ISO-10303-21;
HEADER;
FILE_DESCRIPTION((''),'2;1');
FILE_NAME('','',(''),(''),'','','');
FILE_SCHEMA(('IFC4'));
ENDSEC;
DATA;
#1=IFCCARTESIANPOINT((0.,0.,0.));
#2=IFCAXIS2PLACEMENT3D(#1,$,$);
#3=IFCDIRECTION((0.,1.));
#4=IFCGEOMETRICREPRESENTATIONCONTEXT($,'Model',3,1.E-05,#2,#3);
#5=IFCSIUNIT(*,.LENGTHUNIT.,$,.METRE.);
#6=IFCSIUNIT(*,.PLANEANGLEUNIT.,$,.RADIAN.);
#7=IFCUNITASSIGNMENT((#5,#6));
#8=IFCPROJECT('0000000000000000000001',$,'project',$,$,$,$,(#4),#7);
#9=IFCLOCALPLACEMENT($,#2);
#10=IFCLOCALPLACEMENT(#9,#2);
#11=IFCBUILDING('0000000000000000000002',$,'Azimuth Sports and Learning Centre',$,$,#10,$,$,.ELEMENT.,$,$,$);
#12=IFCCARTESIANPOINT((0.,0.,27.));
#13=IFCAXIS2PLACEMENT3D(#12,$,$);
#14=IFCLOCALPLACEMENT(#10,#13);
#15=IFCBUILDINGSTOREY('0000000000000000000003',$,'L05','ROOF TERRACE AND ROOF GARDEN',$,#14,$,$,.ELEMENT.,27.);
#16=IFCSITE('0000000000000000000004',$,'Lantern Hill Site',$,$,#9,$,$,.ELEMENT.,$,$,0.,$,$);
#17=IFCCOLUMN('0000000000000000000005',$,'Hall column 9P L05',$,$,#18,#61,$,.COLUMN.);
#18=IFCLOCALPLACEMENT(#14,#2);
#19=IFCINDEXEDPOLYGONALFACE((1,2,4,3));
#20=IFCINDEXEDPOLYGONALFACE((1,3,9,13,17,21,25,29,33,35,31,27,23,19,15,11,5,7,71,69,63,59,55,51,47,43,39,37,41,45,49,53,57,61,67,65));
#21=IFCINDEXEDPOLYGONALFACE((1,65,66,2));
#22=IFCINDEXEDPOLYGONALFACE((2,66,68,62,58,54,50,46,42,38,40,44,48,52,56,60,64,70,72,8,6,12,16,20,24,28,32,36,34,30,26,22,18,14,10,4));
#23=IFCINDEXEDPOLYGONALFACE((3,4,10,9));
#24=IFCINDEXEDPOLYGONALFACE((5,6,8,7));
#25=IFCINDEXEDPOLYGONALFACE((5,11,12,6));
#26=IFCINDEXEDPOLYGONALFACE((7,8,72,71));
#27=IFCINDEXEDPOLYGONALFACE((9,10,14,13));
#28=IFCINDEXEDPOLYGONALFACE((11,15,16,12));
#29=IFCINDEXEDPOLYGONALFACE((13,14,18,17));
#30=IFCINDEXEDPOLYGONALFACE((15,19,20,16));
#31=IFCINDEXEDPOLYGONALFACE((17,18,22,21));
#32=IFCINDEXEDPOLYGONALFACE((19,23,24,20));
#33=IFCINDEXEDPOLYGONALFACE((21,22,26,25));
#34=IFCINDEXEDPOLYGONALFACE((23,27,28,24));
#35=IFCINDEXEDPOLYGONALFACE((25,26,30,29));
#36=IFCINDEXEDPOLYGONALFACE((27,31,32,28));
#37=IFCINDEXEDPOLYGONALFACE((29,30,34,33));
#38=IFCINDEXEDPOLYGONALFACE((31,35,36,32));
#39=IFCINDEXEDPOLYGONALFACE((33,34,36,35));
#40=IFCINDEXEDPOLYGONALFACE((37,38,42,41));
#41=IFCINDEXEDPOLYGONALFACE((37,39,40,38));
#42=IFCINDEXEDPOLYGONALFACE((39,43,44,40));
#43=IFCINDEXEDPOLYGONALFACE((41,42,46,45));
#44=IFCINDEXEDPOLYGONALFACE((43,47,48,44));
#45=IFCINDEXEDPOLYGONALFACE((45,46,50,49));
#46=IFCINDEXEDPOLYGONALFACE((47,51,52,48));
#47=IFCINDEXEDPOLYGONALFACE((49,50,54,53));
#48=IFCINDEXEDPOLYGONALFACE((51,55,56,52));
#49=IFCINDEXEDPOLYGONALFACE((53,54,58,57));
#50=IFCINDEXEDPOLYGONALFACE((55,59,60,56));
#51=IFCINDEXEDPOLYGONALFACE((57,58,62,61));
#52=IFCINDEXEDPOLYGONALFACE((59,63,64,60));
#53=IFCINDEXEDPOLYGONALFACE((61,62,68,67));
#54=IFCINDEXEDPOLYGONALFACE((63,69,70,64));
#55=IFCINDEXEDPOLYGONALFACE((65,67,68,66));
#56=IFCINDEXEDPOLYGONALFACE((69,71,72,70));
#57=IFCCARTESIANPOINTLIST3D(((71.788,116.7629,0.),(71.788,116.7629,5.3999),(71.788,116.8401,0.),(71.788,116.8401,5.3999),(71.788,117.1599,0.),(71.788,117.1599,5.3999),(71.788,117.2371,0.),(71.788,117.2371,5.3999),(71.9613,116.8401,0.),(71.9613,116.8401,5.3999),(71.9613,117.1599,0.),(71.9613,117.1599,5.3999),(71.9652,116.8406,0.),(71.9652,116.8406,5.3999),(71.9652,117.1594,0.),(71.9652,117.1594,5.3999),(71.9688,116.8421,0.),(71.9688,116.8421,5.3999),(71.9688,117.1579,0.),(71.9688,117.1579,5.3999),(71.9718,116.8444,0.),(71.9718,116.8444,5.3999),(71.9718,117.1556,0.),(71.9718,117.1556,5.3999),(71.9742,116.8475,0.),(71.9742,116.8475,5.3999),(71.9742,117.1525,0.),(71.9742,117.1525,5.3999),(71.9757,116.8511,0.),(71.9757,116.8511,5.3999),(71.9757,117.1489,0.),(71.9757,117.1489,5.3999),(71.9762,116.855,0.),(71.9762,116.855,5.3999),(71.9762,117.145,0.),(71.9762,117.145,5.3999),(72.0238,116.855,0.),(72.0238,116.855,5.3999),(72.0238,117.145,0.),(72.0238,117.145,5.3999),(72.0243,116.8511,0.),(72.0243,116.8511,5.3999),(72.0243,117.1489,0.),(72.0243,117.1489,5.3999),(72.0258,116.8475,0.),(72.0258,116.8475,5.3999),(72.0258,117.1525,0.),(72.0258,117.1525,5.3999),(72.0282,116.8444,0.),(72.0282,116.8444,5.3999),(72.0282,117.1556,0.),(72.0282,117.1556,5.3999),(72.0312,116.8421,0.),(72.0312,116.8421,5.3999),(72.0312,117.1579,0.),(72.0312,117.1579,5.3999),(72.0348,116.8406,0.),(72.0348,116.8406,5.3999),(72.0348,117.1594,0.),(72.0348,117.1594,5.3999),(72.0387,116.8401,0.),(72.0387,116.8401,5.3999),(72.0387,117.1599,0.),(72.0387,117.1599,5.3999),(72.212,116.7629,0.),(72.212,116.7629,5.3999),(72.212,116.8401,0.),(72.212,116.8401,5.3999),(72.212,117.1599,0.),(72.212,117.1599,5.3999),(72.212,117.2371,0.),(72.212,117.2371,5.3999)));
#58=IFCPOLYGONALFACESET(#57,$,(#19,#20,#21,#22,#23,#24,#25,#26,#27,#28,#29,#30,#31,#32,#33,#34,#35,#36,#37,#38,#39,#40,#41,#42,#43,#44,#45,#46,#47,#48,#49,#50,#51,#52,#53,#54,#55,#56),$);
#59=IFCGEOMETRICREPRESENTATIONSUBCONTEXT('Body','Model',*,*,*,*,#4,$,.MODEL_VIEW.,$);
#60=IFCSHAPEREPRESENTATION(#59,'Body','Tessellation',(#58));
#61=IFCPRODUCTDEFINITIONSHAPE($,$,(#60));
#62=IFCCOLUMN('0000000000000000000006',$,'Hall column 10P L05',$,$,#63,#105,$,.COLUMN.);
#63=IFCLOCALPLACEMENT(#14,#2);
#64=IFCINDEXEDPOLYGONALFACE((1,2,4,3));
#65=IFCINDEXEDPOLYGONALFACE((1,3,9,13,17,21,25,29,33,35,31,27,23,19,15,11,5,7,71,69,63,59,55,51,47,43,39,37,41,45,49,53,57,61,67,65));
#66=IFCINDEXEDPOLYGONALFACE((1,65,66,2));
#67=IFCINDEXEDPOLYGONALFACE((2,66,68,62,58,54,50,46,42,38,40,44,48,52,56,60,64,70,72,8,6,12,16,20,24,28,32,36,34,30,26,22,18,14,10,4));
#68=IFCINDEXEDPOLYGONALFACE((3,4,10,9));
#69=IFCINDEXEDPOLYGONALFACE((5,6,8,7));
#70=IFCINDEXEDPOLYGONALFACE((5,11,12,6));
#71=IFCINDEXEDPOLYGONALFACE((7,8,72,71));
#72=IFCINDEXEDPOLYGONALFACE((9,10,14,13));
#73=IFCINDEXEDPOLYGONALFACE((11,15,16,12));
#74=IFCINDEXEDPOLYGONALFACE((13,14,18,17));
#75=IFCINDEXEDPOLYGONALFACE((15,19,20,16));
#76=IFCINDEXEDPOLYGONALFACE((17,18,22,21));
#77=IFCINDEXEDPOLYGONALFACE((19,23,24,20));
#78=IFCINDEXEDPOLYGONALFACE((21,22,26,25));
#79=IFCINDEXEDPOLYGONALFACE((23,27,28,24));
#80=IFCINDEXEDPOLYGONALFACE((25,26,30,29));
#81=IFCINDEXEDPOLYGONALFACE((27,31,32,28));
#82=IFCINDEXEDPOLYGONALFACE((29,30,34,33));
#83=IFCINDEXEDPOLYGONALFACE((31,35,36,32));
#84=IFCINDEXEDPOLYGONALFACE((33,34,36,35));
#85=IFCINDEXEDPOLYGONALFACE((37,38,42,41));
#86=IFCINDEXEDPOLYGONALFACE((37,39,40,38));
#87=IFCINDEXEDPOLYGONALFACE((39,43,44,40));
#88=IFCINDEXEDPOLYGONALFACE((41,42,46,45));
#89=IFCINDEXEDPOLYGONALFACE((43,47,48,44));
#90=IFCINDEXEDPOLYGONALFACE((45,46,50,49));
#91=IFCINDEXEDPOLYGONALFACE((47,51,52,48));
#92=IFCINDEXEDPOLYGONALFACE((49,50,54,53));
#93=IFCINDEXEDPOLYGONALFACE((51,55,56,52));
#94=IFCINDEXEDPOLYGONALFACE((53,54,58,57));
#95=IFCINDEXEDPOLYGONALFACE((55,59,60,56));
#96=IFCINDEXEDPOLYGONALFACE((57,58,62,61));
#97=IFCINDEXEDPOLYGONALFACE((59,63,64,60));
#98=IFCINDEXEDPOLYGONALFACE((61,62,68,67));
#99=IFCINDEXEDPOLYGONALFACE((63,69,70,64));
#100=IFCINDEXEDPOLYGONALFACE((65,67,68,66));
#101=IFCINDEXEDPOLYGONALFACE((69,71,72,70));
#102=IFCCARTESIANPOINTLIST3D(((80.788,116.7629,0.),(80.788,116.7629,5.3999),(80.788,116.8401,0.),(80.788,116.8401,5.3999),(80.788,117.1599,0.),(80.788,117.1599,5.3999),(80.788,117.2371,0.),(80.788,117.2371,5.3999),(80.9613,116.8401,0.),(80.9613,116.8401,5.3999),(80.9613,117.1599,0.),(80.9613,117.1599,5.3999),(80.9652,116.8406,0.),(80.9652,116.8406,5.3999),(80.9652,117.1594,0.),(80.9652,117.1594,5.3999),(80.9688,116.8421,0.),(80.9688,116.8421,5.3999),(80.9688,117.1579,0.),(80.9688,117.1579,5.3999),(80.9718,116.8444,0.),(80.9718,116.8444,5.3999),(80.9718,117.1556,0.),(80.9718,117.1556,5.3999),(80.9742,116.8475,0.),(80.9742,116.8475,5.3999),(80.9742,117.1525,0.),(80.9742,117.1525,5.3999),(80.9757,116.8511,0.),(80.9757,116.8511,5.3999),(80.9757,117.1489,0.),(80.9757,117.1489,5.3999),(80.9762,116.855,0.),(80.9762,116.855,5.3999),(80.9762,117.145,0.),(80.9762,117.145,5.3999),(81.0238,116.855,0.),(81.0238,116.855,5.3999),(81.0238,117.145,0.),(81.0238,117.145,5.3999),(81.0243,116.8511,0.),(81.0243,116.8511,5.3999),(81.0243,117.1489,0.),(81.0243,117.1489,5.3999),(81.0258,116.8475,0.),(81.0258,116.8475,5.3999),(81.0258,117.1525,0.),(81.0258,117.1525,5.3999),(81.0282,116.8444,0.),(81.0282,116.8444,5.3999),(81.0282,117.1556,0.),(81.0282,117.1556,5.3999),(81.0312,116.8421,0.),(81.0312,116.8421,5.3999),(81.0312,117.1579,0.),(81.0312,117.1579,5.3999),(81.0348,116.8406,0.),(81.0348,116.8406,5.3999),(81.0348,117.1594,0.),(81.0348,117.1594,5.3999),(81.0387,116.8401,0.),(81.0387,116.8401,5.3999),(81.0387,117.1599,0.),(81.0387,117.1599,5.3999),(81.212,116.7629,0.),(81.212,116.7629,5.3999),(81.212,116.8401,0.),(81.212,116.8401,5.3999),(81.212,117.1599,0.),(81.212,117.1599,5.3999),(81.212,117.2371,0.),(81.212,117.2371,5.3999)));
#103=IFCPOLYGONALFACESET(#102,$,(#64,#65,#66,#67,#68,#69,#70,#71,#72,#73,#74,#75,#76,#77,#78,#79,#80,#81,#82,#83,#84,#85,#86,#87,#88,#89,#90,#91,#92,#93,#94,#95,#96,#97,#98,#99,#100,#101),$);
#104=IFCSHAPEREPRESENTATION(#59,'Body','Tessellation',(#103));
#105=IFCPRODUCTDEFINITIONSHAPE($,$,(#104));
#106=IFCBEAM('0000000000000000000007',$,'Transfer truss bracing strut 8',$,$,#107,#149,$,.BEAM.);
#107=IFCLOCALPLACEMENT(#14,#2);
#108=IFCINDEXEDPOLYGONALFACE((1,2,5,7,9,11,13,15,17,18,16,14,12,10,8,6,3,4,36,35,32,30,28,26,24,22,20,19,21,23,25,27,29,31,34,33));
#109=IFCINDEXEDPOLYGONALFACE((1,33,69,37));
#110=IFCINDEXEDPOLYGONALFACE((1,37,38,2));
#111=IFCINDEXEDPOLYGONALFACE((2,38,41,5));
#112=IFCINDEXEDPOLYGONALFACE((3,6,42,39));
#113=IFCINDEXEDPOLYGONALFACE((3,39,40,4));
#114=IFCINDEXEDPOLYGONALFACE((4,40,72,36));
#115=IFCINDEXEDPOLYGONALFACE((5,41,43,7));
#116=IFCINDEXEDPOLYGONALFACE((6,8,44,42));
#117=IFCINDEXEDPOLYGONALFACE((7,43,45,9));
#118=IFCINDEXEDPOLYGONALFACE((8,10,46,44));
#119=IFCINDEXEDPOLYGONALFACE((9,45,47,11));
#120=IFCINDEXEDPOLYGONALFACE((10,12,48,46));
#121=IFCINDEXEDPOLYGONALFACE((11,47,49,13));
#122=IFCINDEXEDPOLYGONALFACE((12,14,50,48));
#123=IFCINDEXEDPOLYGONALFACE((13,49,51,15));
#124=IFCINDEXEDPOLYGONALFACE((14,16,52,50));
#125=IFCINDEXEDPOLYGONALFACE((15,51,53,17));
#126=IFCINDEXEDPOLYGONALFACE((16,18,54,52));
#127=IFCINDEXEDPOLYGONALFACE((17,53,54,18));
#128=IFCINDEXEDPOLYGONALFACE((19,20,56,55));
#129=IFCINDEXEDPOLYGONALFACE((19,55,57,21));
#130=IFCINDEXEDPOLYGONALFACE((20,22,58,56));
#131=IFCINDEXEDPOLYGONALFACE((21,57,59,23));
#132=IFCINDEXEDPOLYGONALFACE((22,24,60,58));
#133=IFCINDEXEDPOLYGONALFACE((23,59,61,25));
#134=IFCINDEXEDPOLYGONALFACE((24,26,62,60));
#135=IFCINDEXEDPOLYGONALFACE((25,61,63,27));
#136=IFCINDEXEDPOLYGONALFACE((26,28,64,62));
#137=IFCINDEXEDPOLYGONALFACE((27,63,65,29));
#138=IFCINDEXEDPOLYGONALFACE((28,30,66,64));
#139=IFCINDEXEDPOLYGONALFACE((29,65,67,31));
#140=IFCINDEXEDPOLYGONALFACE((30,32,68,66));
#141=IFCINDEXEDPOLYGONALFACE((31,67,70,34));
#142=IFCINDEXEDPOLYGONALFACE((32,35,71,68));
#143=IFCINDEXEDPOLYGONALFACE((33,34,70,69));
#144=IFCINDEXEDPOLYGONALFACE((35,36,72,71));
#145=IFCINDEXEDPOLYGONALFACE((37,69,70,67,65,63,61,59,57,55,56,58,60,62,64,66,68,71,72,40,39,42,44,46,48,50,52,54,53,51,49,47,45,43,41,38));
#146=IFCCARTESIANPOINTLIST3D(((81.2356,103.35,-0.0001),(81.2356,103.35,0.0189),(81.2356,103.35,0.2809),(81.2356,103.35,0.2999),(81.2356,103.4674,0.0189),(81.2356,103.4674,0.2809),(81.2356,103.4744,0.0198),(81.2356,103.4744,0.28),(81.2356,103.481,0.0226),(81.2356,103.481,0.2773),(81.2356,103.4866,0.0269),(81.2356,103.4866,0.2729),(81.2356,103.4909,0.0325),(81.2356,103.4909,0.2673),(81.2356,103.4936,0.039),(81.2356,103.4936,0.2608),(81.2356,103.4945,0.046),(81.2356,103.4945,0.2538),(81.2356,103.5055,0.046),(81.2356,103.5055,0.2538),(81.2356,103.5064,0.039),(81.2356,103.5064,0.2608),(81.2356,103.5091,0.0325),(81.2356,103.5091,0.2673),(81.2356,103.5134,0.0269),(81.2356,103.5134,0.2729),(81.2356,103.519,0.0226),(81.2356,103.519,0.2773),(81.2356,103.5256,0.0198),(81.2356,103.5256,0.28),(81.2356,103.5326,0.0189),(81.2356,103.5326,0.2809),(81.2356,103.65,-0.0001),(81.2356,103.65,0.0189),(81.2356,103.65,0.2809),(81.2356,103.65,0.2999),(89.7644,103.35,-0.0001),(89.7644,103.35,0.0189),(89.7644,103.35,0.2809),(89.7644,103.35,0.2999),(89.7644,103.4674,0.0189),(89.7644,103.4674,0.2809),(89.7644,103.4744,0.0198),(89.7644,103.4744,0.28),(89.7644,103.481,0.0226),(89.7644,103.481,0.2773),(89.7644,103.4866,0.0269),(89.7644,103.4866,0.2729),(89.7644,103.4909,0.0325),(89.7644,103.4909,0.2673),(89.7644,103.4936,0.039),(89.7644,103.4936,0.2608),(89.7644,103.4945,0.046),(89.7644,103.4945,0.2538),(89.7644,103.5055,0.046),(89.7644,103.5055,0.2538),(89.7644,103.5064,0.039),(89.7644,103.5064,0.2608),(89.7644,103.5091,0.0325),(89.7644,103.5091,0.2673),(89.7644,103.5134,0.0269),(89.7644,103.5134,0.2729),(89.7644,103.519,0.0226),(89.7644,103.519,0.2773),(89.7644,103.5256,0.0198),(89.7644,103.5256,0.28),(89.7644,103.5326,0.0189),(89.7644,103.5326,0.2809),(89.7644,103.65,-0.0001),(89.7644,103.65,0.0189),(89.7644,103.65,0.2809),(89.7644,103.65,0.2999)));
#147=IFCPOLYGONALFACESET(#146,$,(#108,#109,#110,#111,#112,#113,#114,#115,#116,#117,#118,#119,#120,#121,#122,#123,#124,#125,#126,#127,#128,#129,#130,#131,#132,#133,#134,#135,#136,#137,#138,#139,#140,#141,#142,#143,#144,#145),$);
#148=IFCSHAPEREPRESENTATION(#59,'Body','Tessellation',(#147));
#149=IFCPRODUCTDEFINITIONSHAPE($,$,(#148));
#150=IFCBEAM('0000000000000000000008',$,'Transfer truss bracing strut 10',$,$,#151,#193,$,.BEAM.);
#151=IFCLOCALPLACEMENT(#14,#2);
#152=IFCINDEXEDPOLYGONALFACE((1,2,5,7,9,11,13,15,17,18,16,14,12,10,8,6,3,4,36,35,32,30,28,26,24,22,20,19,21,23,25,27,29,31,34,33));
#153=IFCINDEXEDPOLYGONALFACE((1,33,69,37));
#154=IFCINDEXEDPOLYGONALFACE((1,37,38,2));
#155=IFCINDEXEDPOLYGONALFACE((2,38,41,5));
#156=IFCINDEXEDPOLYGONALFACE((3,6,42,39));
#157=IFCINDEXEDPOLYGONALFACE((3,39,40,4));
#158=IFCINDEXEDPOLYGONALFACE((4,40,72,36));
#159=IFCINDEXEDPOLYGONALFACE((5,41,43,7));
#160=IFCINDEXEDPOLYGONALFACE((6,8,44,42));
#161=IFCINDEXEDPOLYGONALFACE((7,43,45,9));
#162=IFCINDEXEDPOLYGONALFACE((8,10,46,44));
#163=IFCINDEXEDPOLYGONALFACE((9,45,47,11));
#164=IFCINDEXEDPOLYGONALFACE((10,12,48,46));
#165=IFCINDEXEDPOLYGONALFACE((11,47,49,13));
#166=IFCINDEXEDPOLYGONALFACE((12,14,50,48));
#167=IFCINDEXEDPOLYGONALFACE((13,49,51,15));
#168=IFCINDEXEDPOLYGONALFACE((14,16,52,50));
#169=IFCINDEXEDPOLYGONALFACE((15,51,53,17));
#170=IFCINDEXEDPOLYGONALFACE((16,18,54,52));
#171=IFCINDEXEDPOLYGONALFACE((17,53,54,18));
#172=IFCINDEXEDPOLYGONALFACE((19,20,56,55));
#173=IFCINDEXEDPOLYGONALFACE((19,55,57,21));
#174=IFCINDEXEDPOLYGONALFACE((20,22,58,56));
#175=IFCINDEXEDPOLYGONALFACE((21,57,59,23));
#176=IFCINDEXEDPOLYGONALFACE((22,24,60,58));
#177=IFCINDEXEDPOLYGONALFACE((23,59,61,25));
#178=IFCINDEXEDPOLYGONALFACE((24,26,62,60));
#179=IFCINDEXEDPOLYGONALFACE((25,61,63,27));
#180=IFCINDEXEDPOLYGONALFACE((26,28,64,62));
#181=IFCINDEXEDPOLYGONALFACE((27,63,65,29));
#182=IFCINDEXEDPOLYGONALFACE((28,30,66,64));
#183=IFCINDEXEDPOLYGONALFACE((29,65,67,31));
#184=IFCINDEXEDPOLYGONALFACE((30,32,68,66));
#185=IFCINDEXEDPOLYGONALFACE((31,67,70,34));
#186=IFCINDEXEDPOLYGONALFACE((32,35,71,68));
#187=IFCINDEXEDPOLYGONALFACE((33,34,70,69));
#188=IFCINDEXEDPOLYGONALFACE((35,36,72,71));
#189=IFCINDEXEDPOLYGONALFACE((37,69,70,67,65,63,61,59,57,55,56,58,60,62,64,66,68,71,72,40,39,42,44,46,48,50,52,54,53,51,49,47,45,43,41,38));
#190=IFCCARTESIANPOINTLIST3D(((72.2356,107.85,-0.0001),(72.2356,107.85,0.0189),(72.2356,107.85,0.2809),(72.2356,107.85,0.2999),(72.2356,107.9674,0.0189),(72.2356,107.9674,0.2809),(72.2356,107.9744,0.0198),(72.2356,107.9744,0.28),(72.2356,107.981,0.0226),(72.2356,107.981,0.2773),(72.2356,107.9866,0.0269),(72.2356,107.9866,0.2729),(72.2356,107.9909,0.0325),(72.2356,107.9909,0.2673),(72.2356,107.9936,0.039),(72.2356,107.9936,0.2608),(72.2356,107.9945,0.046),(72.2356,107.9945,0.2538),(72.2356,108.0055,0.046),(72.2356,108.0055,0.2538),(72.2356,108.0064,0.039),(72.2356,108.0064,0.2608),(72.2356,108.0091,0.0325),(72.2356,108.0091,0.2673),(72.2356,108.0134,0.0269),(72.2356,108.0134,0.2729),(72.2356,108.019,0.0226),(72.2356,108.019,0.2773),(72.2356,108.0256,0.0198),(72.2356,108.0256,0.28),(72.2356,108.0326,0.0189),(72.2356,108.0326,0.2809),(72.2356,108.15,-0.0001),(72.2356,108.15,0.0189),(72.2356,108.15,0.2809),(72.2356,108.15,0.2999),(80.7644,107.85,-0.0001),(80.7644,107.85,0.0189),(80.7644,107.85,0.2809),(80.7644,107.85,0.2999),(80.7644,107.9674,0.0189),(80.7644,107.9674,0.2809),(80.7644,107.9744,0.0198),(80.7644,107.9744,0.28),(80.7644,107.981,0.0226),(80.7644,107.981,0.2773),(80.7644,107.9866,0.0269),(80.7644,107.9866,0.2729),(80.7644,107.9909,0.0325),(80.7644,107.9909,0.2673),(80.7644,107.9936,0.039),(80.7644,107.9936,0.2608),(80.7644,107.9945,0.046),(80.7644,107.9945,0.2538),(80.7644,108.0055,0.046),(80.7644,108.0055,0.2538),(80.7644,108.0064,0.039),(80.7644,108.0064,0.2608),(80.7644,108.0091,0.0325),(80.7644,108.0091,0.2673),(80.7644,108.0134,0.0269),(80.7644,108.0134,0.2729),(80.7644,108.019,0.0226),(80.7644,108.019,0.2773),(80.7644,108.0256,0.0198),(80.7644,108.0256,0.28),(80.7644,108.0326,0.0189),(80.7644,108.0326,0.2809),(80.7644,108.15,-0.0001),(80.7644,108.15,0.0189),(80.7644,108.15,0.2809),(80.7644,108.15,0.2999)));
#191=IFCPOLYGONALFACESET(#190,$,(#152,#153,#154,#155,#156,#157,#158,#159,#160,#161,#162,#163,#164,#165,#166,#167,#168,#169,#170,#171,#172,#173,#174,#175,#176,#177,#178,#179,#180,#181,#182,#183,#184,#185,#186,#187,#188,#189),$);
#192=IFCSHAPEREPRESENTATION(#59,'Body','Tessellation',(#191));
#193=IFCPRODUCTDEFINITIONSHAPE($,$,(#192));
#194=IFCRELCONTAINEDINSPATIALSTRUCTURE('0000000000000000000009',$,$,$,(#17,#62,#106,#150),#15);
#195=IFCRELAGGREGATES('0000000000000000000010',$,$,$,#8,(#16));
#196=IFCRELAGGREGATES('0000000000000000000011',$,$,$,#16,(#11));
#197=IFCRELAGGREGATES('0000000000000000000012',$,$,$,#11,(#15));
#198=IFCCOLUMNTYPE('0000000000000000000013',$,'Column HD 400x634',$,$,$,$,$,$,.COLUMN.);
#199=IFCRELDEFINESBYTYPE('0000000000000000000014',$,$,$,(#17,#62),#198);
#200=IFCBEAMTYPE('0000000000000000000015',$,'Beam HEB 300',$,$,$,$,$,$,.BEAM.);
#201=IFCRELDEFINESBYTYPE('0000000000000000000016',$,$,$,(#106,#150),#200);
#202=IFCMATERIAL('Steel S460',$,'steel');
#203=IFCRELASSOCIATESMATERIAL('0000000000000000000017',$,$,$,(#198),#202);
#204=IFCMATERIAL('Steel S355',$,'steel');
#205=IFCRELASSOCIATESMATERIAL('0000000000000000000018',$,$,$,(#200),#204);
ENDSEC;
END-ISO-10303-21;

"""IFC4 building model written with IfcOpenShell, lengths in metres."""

from ifc_helpers import new_model, si_unit, direction, frame, origin, origin_2d, place, context, subcontext, project, spatial, i_section, extrude, material, material_profile, profile_set, type_object, element, save


model = new_model("IFC4")

# Units and contexts
model_context = context("Model", 3, precision=1e-05, world=origin(), true_north=direction((0.0, 1.0)))
body_context = subcontext(model_context, "Body", "Model", "MODEL_VIEW")
ifc_project = project(units=[si_unit("LENGTHUNIT", "METRE"), si_unit("PLANEANGLEUNIT", "RADIAN")], contexts=[model_context])

# Site, building, storey
site_placement = place(None, origin())
site = spatial("IfcSite", under=ifc_project, at=site_placement, Name="Lantern Hill Site", CompositionType="ELEMENT", RefElevation=0.0)
building_placement = place(site_placement, origin())
building = spatial("IfcBuilding", under=site, at=building_placement, Name="Azimuth Sports and Learning Centre", CompositionType="ELEMENT")
storey_placement = place(building_placement, frame((0.0, 0.0, 27.0)))
storey = spatial("IfcBuildingStorey", under=building, at=storey_placement, Name="L05", Description="ROOF TERRACE AND ROOF GARDEN", CompositionType="ELEMENT", Elevation=27.0)

# Columns
ifc_material_1 = material(Name="Steel S460", Category="steel")
ifc_material_profile_1 = material_profile(ifc_material_1, i_section(OverallWidth=0.4241, OverallDepth=0.4741, WebThickness=0.0476, FlangeThickness=0.0771, FilletRadius=0.0149, at=origin_2d()), Name="HD 400x634")
ifc_profile_set_1 = profile_set([ifc_material_profile_1], Name="Steel S460")
column_type = type_object("IfcColumnType", Name="Column HD 400x634", PredefinedType="COLUMN", material=ifc_profile_set_1)
for number, where, z_axis, x_axis, name in (
    (1, (72.0, 117.0, 0.0), (0.0, 0.0, 1.0), (1.0, 0.0, 0.0), "Hall column 9P L05"),
    (2, (81.0, 117.0, 0.0), (0.0, 0.0, 1.0), (1.0, 0.0, 0.0), "Hall column 10P L05"),
):
    element("IfcColumn", number, at=place(storey_placement, frame(where, z_axis=z_axis, x_axis=x_axis)), inside=storey, type_object=column_type, Name=name, PredefinedType="COLUMN", context=body_context, shape_type="SweptSolid", body=[
        extrude(i_section(OverallWidth=0.4241, OverallDepth=0.4741, WebThickness=0.0476, FlangeThickness=0.0771, FilletRadius=0.0149, at=origin_2d()), origin(), (0.0, 0.0, 1.0), 5.3999),
    ])

# Beams
ifc_material_2 = material(Name="Steel S355", Category="steel")
ifc_material_profile_2 = material_profile(ifc_material_2, i_section(OverallWidth=0.3, OverallDepth=0.3, WebThickness=0.011, FlangeThickness=0.019, FilletRadius=0.0271, at=origin_2d()), Name="HEB 300")
ifc_profile_set_2 = profile_set([ifc_material_profile_2], Name="Steel S355")
beam_type_1 = type_object("IfcBeamType", Name="Beam HEB 300", PredefinedType="BEAM", material=ifc_profile_set_2)
for number, where, z_axis, x_axis, name in (
    (3, (81.2356, 103.5, 0.1499), (1.0, 0.0, 0.0), (0.0, 1.0, 0.0), "Transfer truss bracing strut 8"),
    (4, (72.2356, 108.0, 0.1499), (1.0, 0.0, 0.0), (0.0, 1.0, 0.0), "Transfer truss bracing strut 10"),
):
    element("IfcBeam", number, at=place(storey_placement, frame(where, z_axis=z_axis, x_axis=x_axis)), inside=storey, type_object=beam_type_1, Name=name, PredefinedType="BEAM", context=body_context, shape_type="SweptSolid", body=[
        extrude(i_section(OverallWidth=0.3, OverallDepth=0.3, WebThickness=0.011, FlangeThickness=0.019, FilletRadius=0.0271, at=origin_2d()), origin(), (0.0, 0.0, 1.0), 8.5288),
    ])

save(model, "model.ifc")
